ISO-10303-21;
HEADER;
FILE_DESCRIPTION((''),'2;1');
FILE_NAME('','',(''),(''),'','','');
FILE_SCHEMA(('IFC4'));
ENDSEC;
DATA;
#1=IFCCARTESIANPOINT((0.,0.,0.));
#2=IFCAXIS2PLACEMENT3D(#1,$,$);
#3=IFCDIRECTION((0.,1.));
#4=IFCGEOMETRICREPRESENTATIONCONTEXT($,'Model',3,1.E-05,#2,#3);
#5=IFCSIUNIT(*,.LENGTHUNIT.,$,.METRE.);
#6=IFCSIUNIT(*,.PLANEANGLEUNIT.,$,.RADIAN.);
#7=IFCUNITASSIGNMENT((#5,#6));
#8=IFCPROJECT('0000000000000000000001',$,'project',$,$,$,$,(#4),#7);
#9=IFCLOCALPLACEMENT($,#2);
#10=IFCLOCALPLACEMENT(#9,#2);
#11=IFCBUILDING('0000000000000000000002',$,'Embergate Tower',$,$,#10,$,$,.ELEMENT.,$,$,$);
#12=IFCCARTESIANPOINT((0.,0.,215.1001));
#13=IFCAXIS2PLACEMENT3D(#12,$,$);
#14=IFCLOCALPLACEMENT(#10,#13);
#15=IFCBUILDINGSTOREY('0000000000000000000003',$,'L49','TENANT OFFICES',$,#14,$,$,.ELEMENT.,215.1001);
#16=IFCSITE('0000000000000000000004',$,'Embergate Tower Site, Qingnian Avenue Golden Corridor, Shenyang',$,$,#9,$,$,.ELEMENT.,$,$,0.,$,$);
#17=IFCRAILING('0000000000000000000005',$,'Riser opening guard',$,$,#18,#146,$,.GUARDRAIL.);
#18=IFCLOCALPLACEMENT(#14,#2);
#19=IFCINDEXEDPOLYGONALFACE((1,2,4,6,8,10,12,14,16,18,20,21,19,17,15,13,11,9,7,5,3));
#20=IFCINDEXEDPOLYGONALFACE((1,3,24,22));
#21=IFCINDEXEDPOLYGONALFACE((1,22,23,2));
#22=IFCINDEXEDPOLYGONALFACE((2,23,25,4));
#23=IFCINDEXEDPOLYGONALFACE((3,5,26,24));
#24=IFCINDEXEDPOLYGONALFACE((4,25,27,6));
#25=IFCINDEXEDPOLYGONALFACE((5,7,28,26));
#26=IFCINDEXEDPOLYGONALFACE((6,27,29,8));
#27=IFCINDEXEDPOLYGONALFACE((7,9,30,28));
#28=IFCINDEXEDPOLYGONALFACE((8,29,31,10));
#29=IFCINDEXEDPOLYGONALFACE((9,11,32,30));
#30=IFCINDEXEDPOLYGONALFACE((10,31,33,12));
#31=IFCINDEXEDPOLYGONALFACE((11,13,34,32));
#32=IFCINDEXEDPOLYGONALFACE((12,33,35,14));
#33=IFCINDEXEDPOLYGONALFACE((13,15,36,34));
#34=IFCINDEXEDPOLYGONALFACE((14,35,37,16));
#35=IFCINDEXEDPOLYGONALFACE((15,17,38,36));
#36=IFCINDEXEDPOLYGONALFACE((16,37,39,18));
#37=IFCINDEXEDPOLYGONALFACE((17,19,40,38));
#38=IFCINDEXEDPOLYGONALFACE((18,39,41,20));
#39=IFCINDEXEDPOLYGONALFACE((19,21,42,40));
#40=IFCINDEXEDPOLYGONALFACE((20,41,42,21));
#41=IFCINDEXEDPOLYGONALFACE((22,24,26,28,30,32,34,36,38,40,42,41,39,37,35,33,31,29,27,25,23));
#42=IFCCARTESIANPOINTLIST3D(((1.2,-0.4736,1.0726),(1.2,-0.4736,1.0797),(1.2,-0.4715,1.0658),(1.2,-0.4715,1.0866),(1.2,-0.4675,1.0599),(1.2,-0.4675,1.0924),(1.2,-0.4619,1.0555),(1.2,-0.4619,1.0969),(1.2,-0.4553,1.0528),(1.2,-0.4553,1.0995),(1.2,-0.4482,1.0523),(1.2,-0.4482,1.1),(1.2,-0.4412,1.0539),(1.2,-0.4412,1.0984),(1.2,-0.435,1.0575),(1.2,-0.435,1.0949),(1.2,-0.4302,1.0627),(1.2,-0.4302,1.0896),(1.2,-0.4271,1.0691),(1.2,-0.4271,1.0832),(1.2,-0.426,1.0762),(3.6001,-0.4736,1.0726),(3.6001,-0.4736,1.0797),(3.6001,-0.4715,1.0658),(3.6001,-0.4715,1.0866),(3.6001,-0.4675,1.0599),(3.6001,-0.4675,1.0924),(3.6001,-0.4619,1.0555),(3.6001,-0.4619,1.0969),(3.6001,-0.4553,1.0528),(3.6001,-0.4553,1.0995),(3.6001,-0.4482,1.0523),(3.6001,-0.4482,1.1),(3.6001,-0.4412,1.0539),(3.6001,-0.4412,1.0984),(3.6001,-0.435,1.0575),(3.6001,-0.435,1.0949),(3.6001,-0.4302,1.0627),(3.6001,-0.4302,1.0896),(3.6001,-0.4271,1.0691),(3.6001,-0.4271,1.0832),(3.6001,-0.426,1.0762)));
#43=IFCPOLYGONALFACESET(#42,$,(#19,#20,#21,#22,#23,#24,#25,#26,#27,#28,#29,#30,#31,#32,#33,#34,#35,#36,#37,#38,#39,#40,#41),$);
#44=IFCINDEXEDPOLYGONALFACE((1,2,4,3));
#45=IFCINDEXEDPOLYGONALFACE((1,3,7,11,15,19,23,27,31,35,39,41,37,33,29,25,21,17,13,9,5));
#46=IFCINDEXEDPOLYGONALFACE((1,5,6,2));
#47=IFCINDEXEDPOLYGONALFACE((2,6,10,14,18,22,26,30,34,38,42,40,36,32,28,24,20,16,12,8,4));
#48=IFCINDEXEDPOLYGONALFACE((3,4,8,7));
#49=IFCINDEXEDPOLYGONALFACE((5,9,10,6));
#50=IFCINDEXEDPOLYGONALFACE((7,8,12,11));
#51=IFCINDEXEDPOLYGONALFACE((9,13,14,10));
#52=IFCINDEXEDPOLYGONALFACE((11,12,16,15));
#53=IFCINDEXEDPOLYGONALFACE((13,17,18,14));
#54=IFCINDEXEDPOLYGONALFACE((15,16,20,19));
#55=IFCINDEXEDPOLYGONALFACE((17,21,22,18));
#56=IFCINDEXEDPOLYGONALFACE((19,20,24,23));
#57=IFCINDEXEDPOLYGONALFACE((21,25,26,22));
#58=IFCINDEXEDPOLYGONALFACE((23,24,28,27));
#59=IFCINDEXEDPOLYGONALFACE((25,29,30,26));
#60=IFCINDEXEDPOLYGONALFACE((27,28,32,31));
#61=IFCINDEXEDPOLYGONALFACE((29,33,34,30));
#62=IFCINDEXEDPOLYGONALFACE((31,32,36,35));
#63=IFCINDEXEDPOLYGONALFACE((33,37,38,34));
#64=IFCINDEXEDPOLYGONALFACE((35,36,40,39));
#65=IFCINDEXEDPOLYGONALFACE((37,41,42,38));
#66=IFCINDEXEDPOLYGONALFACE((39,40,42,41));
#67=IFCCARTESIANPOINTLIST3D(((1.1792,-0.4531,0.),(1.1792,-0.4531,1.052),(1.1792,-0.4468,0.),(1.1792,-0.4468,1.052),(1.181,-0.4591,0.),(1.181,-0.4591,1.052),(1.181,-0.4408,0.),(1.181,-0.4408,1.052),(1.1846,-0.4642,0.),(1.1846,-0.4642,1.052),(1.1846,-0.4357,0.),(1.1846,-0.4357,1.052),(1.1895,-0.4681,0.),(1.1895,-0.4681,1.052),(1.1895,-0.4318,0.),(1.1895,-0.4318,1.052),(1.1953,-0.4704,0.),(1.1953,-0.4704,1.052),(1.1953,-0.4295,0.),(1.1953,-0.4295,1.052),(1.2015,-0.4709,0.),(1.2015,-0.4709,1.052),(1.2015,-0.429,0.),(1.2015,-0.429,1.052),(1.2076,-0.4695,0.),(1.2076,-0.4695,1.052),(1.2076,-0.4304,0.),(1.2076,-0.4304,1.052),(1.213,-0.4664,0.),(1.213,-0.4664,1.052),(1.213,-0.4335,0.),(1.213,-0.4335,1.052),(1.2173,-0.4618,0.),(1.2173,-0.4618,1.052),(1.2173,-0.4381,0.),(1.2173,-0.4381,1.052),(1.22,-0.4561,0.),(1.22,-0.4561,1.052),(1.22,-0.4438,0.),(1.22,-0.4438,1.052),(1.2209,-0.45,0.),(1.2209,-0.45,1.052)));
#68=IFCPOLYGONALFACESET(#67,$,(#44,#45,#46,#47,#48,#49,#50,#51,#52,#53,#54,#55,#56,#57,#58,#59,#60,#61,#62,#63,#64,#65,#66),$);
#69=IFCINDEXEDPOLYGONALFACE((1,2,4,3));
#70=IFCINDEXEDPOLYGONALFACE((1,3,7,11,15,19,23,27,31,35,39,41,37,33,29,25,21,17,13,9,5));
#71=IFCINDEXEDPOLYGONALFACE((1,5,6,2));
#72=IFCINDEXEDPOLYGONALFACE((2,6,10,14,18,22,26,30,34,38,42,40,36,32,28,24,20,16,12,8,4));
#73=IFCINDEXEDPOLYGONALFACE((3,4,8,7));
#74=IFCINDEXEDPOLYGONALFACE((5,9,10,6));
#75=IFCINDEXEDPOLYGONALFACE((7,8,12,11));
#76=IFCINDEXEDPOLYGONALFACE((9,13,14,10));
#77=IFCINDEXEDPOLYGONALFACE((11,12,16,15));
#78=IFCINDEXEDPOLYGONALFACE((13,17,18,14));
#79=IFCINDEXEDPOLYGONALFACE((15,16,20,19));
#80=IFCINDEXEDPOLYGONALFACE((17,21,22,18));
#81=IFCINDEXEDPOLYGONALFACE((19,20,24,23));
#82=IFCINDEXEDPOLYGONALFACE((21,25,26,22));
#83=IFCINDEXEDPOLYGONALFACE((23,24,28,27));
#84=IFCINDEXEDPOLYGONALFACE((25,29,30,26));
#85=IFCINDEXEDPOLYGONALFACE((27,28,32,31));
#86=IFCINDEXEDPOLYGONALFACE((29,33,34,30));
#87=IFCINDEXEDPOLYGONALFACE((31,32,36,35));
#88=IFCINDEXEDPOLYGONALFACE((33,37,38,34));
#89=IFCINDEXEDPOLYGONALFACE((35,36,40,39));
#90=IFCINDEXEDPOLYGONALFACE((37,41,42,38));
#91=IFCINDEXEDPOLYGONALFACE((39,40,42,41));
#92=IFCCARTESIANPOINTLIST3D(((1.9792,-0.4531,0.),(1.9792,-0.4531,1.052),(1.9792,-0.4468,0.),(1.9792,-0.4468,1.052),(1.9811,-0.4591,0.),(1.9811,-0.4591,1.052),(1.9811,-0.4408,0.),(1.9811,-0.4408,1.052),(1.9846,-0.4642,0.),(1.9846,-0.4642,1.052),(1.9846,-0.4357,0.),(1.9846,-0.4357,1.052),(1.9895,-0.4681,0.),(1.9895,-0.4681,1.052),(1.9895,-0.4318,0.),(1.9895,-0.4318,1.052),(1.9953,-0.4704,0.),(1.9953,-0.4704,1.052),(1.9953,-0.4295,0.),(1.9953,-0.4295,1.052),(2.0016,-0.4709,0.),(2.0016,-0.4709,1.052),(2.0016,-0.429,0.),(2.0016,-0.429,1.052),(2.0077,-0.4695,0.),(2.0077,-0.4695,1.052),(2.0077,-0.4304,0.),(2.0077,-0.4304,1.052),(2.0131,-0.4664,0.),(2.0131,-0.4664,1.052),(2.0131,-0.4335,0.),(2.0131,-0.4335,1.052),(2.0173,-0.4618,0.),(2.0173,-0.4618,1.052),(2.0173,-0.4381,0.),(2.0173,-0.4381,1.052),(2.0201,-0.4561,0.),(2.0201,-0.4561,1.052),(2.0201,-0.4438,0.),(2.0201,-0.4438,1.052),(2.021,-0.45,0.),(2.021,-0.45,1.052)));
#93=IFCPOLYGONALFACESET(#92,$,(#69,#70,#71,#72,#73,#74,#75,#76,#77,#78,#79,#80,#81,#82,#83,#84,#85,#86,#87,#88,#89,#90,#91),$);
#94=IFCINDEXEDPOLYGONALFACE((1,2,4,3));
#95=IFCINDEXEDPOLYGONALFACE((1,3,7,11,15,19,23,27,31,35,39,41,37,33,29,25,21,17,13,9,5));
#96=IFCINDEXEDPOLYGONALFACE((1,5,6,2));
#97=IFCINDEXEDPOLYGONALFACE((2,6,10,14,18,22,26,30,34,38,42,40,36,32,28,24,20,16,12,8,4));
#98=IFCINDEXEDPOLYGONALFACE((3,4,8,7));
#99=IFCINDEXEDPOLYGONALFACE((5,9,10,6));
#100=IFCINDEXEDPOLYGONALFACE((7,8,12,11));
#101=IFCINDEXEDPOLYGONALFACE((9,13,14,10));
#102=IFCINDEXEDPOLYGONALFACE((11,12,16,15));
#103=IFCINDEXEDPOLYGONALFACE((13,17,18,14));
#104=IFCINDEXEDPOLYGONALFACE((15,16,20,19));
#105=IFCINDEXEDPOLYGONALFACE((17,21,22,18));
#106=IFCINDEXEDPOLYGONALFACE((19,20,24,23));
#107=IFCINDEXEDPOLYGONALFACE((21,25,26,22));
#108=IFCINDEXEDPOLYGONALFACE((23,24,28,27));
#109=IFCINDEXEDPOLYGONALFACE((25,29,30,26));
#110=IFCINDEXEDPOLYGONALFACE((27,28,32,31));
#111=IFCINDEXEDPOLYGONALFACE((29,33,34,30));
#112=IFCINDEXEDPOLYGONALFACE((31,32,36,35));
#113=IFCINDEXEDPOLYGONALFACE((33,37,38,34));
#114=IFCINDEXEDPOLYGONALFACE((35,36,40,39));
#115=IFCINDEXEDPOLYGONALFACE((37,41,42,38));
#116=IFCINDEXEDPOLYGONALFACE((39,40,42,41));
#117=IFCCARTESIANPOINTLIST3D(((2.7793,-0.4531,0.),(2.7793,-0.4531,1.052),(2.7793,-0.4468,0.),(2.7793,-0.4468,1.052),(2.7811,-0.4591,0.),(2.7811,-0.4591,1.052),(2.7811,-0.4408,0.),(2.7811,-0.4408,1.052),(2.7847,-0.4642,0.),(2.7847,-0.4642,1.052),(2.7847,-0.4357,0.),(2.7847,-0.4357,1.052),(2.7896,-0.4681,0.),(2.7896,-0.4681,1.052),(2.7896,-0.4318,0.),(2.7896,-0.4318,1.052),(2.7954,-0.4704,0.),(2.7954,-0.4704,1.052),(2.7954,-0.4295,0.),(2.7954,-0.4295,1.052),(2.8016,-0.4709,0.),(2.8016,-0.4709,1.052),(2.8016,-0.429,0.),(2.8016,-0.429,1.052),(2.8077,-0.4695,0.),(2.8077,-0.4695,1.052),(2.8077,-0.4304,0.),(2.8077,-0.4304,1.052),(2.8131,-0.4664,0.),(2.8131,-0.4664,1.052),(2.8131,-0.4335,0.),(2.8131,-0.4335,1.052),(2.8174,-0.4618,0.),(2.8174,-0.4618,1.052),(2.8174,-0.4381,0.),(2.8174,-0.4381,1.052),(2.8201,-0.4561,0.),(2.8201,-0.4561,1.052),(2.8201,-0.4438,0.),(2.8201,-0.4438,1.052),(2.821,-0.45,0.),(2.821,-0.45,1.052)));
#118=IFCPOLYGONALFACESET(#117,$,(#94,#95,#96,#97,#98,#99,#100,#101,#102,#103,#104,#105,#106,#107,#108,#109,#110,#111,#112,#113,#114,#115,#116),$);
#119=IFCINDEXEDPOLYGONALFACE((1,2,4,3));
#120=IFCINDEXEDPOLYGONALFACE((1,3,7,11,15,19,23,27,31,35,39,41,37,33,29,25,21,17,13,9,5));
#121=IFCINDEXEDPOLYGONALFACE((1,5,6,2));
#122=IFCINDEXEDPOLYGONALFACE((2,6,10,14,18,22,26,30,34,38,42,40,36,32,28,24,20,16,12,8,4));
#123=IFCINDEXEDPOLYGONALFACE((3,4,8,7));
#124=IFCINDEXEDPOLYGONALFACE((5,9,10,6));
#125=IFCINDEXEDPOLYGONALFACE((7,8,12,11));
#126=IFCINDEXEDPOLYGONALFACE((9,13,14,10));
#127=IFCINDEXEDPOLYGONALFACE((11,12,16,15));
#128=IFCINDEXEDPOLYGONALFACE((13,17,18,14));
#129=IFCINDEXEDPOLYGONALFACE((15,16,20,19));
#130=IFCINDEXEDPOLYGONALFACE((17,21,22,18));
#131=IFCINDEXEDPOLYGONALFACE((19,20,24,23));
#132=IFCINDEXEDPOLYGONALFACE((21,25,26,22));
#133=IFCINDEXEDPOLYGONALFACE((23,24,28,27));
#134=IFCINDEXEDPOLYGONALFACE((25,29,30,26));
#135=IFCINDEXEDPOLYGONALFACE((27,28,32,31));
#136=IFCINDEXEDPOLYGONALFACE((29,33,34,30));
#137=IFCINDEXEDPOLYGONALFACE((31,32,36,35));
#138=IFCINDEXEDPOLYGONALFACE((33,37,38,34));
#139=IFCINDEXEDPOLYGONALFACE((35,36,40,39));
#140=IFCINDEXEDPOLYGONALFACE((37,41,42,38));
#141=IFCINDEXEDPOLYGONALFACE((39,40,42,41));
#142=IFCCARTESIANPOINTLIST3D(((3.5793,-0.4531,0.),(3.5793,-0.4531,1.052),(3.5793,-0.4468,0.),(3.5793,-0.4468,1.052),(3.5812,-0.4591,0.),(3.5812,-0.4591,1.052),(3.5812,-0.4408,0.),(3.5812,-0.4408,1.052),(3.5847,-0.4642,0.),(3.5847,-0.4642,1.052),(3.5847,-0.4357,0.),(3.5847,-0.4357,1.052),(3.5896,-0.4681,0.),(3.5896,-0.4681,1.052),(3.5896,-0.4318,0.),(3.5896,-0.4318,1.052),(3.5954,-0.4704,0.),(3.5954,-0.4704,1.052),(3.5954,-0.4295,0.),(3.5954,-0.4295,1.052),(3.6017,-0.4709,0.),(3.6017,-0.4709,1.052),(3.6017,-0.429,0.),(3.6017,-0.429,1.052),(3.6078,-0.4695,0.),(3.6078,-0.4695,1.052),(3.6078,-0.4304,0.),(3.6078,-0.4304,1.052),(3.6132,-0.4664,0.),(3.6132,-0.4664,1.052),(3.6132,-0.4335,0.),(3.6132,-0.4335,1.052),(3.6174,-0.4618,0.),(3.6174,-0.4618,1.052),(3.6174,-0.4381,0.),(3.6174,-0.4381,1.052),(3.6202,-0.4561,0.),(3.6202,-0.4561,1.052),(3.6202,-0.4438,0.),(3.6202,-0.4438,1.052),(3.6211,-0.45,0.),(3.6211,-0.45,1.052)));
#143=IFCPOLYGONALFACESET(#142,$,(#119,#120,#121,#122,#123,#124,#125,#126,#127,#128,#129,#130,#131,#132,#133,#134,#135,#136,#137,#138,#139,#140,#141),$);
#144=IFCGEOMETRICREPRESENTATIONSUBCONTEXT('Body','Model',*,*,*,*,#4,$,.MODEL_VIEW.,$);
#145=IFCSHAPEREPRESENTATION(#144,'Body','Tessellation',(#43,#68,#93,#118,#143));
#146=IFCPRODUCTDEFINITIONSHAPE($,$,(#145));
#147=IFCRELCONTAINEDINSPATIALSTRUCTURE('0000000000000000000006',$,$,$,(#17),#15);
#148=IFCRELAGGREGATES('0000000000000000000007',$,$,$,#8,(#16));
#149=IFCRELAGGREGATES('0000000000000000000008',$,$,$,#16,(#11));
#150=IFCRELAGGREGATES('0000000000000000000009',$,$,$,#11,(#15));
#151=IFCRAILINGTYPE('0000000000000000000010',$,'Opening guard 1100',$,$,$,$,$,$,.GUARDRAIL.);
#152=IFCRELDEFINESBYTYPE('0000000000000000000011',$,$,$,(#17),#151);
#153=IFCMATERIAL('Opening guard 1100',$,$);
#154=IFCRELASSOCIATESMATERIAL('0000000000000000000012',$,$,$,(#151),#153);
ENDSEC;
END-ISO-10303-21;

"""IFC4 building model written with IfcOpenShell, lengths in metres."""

from ifc_helpers import new_model, si_unit, direction, frame, origin, origin_2d, place, context, subcontext, project, spatial, circle, extrude, source, transform, mapped, material, type_object, element, save


model = new_model("IFC4")

# Units and contexts
model_context = context("Model", 3, precision=1e-05, world=origin(), true_north=direction((0.0, 1.0)))
body_context = subcontext(model_context, "Body", "Model", "MODEL_VIEW")
ifc_project = project(units=[si_unit("LENGTHUNIT", "METRE"), si_unit("PLANEANGLEUNIT", "RADIAN")], contexts=[model_context])

# Site, building, storey
site_placement = place(None, origin())
site = spatial("IfcSite", under=ifc_project, at=site_placement, Name="Embergate Tower Site, Qingnian Avenue Golden Corridor, Shenyang", CompositionType="ELEMENT", RefElevation=0.0)
building_placement = place(site_placement, origin())
building = spatial("IfcBuilding", under=site, at=building_placement, Name="Embergate Tower", CompositionType="ELEMENT")
storey_placement = place(building_placement, frame((0.0, 0.0, 215.1001)))
storey = spatial("IfcBuildingStorey", under=building, at=storey_placement, Name="L49", Description="TENANT OFFICES", CompositionType="ELEMENT", Elevation=215.1001)

# Railing
ifc_material_1 = material(Name="Opening guard 1100")
railing_type_1 = type_object("IfcRailingType", Name="Opening guard 1100", PredefinedType="GUARDRAIL", material=ifc_material_1)
shared_shape_1 = source(origin(), body_context, "Body", "SweptSolid", [
    extrude(circle(Radius=0.0239, at=origin_2d()), frame((0.0, 0.0, 1.0762), z_axis=(1.0, 0.0, 0.0), x_axis=(0.0, 1.0, 0.0)), (0.0, 0.0, 1.0), 2.4001),
    extrude(circle(Radius=0.021, at=origin_2d()), origin(), (0.0, 0.0, 1.0), 1.052),
    extrude(circle(Radius=0.021, at=origin_2d()), frame((0.8, 0.0, 0.0)), (0.0, 0.0, 1.0), 1.052),
    extrude(circle(Radius=0.021, at=origin_2d()), frame((1.6001, 0.0, 0.0)), (0.0, 0.0, 1.0), 1.052),
    extrude(circle(Radius=0.021, at=origin_2d()), frame((2.4001, 0.0, 0.0)), (0.0, 0.0, 1.0), 1.052),
])
railing_1_placement = place(storey_placement, frame((1.2, -0.45, 0.0)))
element("IfcRailing", 1, at=railing_1_placement, inside=storey, type_object=railing_type_1, Name="Riser opening guard", PredefinedType="GUARDRAIL", context=body_context, shape_type="MappedRepresentation", body=[
    mapped(shared_shape_1, transform((0.0, 0.0, 0.0))),
])

save(model, "model.ifc")
